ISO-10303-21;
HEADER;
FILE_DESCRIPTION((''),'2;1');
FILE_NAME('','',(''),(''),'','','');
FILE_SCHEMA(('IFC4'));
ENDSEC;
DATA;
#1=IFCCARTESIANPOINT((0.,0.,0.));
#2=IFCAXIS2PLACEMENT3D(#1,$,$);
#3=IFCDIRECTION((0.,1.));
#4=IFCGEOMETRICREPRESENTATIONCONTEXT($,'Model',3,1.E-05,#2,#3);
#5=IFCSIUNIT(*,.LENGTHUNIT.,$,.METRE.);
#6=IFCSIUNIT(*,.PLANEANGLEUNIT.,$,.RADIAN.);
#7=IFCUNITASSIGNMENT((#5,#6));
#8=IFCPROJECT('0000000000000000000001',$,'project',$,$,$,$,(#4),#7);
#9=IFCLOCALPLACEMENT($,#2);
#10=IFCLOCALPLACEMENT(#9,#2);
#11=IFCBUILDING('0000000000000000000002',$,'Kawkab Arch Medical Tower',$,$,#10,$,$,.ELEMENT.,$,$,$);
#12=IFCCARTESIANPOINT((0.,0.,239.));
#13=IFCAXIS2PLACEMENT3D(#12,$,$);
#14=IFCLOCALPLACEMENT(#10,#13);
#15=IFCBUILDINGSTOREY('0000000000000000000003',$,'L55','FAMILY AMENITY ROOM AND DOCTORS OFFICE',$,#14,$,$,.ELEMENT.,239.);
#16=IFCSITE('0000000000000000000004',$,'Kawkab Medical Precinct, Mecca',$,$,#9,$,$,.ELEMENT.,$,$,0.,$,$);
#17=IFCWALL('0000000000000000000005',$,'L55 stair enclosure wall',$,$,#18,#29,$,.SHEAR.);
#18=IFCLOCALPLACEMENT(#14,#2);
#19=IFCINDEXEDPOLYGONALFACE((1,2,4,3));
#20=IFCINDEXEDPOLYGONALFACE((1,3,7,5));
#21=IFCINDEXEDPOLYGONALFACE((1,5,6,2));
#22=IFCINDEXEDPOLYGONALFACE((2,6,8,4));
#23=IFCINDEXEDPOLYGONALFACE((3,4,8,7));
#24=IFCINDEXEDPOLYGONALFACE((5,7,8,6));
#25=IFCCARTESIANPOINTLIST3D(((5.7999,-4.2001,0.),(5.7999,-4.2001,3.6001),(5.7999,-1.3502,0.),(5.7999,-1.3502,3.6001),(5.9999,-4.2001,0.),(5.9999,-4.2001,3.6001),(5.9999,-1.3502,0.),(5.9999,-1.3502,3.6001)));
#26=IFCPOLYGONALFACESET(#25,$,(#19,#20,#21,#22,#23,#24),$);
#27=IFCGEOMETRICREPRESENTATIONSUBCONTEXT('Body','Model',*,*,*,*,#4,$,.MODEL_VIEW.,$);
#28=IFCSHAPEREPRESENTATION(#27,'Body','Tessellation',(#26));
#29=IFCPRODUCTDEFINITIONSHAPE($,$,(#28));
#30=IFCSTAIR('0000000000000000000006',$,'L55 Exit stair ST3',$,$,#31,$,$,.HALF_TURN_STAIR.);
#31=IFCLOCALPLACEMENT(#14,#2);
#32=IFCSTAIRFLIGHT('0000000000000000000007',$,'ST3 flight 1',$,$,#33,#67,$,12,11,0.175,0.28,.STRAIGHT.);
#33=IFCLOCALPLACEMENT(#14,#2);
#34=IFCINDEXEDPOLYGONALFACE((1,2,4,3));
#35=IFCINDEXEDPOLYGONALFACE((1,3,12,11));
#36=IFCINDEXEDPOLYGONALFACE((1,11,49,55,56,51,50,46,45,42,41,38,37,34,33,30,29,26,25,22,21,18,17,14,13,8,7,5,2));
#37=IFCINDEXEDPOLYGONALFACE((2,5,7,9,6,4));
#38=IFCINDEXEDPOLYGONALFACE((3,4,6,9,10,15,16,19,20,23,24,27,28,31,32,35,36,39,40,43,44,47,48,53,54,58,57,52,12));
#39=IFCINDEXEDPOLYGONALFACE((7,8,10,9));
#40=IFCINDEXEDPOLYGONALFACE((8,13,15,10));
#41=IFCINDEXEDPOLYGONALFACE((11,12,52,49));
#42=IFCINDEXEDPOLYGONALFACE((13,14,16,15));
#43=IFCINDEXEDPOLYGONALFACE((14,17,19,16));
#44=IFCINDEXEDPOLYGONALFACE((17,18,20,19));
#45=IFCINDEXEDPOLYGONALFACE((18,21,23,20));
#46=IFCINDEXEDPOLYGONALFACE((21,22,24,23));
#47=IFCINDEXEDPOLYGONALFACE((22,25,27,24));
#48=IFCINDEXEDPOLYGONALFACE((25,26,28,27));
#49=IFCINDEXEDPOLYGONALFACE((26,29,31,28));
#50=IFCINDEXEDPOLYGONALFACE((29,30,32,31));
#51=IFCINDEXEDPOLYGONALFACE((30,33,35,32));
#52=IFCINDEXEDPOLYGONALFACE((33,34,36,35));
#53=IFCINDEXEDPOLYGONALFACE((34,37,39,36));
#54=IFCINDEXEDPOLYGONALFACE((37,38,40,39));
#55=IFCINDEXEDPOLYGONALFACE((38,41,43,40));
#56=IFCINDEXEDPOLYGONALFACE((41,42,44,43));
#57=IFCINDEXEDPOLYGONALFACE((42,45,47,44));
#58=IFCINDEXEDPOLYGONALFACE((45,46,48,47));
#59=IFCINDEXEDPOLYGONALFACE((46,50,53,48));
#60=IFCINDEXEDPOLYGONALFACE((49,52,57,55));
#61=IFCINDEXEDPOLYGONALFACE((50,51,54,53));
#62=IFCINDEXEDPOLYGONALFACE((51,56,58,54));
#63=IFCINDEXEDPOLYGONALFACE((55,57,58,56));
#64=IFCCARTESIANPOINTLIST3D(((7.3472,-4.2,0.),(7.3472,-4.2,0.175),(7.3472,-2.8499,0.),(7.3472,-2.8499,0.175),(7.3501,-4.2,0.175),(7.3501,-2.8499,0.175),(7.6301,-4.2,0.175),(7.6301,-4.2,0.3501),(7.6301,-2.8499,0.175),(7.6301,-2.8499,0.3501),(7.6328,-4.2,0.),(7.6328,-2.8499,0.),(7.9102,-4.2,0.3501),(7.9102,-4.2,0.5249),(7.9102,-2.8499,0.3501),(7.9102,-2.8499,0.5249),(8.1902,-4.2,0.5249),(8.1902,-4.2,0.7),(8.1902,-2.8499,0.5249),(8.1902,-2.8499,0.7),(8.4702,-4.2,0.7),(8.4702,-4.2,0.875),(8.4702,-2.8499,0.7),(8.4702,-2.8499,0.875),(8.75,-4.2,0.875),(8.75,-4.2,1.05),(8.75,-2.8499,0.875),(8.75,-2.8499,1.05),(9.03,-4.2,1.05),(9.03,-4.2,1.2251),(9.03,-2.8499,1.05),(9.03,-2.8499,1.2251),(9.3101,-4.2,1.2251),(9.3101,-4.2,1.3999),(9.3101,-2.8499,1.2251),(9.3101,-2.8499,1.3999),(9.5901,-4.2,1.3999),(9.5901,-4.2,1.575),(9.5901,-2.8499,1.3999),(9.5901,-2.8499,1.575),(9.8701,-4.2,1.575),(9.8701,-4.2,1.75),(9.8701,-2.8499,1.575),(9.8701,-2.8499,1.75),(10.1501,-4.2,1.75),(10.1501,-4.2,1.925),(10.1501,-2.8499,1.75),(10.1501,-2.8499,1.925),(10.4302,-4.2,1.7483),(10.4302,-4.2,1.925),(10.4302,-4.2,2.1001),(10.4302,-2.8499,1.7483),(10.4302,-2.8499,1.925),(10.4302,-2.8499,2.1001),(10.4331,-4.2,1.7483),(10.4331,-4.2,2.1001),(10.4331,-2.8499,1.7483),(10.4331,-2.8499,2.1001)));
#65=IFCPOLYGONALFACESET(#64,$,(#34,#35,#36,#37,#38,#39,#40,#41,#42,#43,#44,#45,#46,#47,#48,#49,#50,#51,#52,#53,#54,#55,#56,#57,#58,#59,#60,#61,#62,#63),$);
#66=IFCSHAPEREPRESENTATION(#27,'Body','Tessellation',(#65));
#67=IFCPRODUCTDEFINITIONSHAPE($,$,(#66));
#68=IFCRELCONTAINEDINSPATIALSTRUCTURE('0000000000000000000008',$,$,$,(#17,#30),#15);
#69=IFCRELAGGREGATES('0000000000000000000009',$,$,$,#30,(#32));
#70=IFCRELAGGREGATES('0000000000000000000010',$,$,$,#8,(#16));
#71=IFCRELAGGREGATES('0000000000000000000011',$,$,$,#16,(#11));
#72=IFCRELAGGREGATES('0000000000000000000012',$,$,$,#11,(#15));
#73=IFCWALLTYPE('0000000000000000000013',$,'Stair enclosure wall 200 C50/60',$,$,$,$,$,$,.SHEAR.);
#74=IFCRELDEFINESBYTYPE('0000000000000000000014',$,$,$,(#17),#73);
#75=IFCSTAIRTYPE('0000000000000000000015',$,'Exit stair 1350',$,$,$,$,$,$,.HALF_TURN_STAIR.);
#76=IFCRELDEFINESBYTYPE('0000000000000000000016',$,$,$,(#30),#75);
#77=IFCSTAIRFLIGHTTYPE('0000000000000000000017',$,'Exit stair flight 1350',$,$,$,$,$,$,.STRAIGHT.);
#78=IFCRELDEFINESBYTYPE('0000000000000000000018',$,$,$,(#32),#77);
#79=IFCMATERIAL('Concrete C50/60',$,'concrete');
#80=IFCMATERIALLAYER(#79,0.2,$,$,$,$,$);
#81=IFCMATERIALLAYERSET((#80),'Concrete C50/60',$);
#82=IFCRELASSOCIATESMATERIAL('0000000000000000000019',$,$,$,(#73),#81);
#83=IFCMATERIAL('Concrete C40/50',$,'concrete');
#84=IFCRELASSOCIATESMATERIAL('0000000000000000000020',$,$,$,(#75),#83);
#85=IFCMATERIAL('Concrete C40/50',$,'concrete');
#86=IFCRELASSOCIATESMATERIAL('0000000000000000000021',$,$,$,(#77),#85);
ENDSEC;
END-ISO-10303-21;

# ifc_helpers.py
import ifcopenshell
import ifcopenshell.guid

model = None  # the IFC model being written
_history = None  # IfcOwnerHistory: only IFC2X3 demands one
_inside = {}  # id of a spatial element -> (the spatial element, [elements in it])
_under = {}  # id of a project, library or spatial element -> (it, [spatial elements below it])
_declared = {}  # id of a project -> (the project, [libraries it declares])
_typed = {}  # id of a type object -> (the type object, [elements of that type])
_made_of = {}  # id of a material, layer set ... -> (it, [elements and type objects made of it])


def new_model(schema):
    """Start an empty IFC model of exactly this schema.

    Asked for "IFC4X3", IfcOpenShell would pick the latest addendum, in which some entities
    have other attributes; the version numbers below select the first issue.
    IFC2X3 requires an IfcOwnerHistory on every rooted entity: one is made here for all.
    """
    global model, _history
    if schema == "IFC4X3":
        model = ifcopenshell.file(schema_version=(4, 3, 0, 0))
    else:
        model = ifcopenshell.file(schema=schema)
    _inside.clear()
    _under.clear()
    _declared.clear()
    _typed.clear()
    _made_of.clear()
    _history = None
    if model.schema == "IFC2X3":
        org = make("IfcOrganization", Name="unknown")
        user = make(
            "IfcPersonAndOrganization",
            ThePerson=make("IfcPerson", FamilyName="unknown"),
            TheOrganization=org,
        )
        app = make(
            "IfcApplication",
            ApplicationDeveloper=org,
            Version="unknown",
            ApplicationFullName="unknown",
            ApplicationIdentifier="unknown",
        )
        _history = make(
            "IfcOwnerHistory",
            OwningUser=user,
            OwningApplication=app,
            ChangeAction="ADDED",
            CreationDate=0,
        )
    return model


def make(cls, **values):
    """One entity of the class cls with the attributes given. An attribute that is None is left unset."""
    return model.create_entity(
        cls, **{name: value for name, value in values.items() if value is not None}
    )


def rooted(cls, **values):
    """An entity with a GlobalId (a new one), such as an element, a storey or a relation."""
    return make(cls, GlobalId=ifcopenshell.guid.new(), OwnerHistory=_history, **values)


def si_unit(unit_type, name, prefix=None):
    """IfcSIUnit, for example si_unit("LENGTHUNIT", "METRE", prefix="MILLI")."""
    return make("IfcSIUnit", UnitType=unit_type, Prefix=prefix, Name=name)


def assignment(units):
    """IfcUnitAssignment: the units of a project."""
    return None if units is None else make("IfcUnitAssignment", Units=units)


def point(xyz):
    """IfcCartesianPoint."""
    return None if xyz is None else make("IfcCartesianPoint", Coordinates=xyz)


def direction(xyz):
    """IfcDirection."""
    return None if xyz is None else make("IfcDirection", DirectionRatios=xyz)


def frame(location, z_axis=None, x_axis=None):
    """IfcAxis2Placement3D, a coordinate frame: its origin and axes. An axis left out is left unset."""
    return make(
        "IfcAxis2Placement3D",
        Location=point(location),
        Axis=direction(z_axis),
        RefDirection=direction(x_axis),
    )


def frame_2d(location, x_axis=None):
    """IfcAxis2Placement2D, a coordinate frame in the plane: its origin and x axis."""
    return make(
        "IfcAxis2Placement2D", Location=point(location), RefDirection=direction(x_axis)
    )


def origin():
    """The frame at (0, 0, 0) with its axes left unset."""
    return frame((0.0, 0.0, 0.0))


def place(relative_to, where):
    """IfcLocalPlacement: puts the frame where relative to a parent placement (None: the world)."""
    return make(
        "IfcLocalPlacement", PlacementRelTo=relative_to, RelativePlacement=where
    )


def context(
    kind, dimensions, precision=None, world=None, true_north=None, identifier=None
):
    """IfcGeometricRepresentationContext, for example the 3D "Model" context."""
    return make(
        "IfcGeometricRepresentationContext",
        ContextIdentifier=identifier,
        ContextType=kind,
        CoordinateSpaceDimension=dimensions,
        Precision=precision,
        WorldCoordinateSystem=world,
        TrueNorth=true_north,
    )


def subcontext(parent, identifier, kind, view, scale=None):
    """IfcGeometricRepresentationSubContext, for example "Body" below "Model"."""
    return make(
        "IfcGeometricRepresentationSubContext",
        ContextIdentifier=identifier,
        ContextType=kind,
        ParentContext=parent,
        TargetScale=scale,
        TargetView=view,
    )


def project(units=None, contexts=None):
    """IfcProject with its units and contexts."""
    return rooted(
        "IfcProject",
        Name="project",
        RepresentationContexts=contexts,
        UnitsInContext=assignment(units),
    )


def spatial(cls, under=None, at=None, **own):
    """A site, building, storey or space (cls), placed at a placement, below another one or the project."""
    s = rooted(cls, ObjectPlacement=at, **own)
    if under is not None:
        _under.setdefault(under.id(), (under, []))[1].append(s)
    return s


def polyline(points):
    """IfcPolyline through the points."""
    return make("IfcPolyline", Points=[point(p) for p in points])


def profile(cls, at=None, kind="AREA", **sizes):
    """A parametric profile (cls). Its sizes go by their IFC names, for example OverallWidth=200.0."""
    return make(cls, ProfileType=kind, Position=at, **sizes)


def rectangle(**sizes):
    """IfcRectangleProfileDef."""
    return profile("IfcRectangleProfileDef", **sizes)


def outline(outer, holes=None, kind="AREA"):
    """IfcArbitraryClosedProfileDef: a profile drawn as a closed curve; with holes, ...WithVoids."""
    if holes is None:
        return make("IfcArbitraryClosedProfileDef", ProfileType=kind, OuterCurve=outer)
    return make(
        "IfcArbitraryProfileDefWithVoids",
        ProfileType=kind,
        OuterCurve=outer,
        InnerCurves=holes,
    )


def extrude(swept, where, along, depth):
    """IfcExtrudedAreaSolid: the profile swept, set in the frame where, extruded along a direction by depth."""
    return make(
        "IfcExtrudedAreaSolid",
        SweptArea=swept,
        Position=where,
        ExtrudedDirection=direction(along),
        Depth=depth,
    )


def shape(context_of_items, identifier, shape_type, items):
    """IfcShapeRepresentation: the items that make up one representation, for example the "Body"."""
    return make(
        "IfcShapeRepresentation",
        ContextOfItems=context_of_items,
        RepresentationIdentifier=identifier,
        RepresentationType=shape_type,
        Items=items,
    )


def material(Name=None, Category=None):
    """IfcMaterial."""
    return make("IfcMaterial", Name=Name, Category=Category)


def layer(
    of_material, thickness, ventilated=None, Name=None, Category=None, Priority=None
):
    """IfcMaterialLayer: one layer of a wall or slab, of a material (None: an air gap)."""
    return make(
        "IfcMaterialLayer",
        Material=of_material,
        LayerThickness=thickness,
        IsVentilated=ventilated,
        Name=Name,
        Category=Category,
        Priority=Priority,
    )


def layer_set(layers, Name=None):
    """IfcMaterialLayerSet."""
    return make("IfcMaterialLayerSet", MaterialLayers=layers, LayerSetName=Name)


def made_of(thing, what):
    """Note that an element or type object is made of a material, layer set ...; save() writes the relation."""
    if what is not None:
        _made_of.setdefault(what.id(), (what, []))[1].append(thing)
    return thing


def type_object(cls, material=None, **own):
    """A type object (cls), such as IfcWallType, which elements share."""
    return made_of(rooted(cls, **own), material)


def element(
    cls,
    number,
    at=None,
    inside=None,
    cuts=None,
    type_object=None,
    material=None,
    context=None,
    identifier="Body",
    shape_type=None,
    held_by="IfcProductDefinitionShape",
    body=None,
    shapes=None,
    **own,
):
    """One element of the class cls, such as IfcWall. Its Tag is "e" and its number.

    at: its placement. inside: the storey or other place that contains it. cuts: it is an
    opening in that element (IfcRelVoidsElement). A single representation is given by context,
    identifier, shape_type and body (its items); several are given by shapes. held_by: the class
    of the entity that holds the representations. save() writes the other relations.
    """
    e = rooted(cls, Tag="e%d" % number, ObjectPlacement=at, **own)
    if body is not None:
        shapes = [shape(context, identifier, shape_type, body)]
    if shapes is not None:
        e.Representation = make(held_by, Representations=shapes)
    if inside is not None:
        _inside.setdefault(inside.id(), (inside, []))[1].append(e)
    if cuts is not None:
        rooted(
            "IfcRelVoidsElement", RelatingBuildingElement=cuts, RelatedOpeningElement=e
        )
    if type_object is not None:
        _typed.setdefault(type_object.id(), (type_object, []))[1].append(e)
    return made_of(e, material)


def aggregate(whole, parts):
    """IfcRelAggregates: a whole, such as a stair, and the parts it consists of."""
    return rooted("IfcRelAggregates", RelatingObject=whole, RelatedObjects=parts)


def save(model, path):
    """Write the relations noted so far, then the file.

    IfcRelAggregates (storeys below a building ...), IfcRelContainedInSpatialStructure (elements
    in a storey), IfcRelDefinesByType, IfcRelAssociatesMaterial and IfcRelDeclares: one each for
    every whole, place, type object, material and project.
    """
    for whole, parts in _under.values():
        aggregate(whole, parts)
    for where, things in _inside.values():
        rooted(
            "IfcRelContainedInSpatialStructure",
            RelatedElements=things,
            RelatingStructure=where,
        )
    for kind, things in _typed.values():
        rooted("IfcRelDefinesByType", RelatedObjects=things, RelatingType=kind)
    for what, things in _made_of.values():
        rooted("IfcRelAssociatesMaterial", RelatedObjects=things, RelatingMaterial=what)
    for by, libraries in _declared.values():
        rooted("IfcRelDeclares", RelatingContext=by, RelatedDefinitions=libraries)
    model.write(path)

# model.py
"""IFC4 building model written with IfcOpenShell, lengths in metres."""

from ifc_helpers import new_model, si_unit, direction, frame, frame_2d, origin, place, context, subcontext, project, spatial, polyline, rectangle, outline, extrude, material, layer, layer_set, type_object, element, aggregate, save


model = new_model("IFC4")

# Units and contexts
model_context = context("Model", 3, precision=1e-05, world=origin(), true_north=direction((0.0, 1.0)))
body_context = subcontext(model_context, "Body", "Model", "MODEL_VIEW")
ifc_project = project(units=[si_unit("LENGTHUNIT", "METRE"), si_unit("PLANEANGLEUNIT", "RADIAN")], contexts=[model_context])

# Site, building, storey
site_placement = place(None, origin())
site = spatial("IfcSite", under=ifc_project, at=site_placement, Name="Kawkab Medical Precinct, Mecca", CompositionType="ELEMENT", RefElevation=0.0)
building_placement = place(site_placement, origin())
building = spatial("IfcBuilding", under=site, at=building_placement, Name="Kawkab Arch Medical Tower", CompositionType="ELEMENT")
storey_placement = place(building_placement, frame((0.0, 0.0, 239.0)))
storey = spatial("IfcBuildingStorey", under=building, at=storey_placement, Name="L55", Description="FAMILY AMENITY ROOM AND DOCTORS OFFICE", CompositionType="ELEMENT", Elevation=239.0)

# Wall
ifc_material_1 = material(Name="Concrete C50/60", Category="concrete")
ifc_layer_1 = layer(ifc_material_1, 0.2)
ifc_layer_set_1 = layer_set([ifc_layer_1], Name="Concrete C50/60")
wall_type_1 = type_object("IfcWallType", Name="Stair enclosure wall 200 C50/60", PredefinedType="SHEAR", material=ifc_layer_set_1)
wall_1_placement = place(storey_placement, frame((5.8999, -4.2, 0.0), z_axis=(0.0, 0.0, 1.0), x_axis=(0.0, 1.0, 0.0)))
element("IfcWall", 1, at=wall_1_placement, inside=storey, type_object=wall_type_1, Name="L55 stair enclosure wall", PredefinedType="SHEAR", context=body_context, shape_type="SweptSolid", body=[
    extrude(rectangle(XDim=2.8499, YDim=0.2, at=frame_2d((1.4248, 0.0))), origin(), (0.0, 0.0, 1.0), 3.6001),
])

# Stair, stair flight
ifc_material_2 = material(Name="Concrete C40/50", Category="concrete")
stair_type = type_object("IfcStairType", Name="Exit stair 1350", PredefinedType="HALF_TURN_STAIR", material=ifc_material_2)
stair_placement = place(storey_placement, origin())
stair = element("IfcStair", 2, at=stair_placement, inside=storey, type_object=stair_type, Name="L55 Exit stair ST3", PredefinedType="HALF_TURN_STAIR")
ifc_material_3 = material(Name="Concrete C40/50", Category="concrete")
stair_flight_type = type_object("IfcStairFlightType", Name="Exit stair flight 1350", PredefinedType="STRAIGHT", material=ifc_material_3)
stair_flight_placement = place(storey_placement, frame((7.3501, -3.5249, 0.0), z_axis=(0.0, 0.0, 1.0), x_axis=(1.0, 0.0, 0.0)))
stair_flight = element("IfcStairFlight", 3, at=stair_flight_placement, type_object=stair_flight_type, Name="ST3 flight 1", NumberOfRisers=12, NumberOfTreads=11, PredefinedType="STRAIGHT", RiserHeight=0.175, TreadLength=0.28, context=body_context, shape_type="SweptSolid", body=[
    extrude(outline(polyline([(-0.0029, 0.0), (-0.0029, 0.175), (0.0, 0.175), (0.28, 0.175), (0.28, 0.3501), (0.5601, 0.3501), (0.5601, 0.5249), (0.8401, 0.5249), (0.8401, 0.7), (1.1201, 0.7), (1.1201, 0.875), (1.3999, 0.875), (1.3999, 1.05), (1.6799, 1.05), (1.6799, 1.2251), (1.96, 1.2251), (1.96, 1.3999), (2.24, 1.3999), (2.24, 1.575), (2.52, 1.575), (2.52, 1.75), (2.8, 1.75), (2.8, 1.925), (3.0801, 1.925), (3.0801, 2.1001), (3.083, 2.1001), (3.083, 1.7483), (3.0801, 1.7483), (0.2827, 0.0), (-0.0029, 0.0)])), frame((0.0, 0.675, 0.0), z_axis=(0.0, -1.0, 0.0), x_axis=(1.0, 0.0, 0.0)), (0.0, 0.0, 1.0), 1.3501),
])
aggregate(stair, [stair_flight])

save(model, "model.ifc")
